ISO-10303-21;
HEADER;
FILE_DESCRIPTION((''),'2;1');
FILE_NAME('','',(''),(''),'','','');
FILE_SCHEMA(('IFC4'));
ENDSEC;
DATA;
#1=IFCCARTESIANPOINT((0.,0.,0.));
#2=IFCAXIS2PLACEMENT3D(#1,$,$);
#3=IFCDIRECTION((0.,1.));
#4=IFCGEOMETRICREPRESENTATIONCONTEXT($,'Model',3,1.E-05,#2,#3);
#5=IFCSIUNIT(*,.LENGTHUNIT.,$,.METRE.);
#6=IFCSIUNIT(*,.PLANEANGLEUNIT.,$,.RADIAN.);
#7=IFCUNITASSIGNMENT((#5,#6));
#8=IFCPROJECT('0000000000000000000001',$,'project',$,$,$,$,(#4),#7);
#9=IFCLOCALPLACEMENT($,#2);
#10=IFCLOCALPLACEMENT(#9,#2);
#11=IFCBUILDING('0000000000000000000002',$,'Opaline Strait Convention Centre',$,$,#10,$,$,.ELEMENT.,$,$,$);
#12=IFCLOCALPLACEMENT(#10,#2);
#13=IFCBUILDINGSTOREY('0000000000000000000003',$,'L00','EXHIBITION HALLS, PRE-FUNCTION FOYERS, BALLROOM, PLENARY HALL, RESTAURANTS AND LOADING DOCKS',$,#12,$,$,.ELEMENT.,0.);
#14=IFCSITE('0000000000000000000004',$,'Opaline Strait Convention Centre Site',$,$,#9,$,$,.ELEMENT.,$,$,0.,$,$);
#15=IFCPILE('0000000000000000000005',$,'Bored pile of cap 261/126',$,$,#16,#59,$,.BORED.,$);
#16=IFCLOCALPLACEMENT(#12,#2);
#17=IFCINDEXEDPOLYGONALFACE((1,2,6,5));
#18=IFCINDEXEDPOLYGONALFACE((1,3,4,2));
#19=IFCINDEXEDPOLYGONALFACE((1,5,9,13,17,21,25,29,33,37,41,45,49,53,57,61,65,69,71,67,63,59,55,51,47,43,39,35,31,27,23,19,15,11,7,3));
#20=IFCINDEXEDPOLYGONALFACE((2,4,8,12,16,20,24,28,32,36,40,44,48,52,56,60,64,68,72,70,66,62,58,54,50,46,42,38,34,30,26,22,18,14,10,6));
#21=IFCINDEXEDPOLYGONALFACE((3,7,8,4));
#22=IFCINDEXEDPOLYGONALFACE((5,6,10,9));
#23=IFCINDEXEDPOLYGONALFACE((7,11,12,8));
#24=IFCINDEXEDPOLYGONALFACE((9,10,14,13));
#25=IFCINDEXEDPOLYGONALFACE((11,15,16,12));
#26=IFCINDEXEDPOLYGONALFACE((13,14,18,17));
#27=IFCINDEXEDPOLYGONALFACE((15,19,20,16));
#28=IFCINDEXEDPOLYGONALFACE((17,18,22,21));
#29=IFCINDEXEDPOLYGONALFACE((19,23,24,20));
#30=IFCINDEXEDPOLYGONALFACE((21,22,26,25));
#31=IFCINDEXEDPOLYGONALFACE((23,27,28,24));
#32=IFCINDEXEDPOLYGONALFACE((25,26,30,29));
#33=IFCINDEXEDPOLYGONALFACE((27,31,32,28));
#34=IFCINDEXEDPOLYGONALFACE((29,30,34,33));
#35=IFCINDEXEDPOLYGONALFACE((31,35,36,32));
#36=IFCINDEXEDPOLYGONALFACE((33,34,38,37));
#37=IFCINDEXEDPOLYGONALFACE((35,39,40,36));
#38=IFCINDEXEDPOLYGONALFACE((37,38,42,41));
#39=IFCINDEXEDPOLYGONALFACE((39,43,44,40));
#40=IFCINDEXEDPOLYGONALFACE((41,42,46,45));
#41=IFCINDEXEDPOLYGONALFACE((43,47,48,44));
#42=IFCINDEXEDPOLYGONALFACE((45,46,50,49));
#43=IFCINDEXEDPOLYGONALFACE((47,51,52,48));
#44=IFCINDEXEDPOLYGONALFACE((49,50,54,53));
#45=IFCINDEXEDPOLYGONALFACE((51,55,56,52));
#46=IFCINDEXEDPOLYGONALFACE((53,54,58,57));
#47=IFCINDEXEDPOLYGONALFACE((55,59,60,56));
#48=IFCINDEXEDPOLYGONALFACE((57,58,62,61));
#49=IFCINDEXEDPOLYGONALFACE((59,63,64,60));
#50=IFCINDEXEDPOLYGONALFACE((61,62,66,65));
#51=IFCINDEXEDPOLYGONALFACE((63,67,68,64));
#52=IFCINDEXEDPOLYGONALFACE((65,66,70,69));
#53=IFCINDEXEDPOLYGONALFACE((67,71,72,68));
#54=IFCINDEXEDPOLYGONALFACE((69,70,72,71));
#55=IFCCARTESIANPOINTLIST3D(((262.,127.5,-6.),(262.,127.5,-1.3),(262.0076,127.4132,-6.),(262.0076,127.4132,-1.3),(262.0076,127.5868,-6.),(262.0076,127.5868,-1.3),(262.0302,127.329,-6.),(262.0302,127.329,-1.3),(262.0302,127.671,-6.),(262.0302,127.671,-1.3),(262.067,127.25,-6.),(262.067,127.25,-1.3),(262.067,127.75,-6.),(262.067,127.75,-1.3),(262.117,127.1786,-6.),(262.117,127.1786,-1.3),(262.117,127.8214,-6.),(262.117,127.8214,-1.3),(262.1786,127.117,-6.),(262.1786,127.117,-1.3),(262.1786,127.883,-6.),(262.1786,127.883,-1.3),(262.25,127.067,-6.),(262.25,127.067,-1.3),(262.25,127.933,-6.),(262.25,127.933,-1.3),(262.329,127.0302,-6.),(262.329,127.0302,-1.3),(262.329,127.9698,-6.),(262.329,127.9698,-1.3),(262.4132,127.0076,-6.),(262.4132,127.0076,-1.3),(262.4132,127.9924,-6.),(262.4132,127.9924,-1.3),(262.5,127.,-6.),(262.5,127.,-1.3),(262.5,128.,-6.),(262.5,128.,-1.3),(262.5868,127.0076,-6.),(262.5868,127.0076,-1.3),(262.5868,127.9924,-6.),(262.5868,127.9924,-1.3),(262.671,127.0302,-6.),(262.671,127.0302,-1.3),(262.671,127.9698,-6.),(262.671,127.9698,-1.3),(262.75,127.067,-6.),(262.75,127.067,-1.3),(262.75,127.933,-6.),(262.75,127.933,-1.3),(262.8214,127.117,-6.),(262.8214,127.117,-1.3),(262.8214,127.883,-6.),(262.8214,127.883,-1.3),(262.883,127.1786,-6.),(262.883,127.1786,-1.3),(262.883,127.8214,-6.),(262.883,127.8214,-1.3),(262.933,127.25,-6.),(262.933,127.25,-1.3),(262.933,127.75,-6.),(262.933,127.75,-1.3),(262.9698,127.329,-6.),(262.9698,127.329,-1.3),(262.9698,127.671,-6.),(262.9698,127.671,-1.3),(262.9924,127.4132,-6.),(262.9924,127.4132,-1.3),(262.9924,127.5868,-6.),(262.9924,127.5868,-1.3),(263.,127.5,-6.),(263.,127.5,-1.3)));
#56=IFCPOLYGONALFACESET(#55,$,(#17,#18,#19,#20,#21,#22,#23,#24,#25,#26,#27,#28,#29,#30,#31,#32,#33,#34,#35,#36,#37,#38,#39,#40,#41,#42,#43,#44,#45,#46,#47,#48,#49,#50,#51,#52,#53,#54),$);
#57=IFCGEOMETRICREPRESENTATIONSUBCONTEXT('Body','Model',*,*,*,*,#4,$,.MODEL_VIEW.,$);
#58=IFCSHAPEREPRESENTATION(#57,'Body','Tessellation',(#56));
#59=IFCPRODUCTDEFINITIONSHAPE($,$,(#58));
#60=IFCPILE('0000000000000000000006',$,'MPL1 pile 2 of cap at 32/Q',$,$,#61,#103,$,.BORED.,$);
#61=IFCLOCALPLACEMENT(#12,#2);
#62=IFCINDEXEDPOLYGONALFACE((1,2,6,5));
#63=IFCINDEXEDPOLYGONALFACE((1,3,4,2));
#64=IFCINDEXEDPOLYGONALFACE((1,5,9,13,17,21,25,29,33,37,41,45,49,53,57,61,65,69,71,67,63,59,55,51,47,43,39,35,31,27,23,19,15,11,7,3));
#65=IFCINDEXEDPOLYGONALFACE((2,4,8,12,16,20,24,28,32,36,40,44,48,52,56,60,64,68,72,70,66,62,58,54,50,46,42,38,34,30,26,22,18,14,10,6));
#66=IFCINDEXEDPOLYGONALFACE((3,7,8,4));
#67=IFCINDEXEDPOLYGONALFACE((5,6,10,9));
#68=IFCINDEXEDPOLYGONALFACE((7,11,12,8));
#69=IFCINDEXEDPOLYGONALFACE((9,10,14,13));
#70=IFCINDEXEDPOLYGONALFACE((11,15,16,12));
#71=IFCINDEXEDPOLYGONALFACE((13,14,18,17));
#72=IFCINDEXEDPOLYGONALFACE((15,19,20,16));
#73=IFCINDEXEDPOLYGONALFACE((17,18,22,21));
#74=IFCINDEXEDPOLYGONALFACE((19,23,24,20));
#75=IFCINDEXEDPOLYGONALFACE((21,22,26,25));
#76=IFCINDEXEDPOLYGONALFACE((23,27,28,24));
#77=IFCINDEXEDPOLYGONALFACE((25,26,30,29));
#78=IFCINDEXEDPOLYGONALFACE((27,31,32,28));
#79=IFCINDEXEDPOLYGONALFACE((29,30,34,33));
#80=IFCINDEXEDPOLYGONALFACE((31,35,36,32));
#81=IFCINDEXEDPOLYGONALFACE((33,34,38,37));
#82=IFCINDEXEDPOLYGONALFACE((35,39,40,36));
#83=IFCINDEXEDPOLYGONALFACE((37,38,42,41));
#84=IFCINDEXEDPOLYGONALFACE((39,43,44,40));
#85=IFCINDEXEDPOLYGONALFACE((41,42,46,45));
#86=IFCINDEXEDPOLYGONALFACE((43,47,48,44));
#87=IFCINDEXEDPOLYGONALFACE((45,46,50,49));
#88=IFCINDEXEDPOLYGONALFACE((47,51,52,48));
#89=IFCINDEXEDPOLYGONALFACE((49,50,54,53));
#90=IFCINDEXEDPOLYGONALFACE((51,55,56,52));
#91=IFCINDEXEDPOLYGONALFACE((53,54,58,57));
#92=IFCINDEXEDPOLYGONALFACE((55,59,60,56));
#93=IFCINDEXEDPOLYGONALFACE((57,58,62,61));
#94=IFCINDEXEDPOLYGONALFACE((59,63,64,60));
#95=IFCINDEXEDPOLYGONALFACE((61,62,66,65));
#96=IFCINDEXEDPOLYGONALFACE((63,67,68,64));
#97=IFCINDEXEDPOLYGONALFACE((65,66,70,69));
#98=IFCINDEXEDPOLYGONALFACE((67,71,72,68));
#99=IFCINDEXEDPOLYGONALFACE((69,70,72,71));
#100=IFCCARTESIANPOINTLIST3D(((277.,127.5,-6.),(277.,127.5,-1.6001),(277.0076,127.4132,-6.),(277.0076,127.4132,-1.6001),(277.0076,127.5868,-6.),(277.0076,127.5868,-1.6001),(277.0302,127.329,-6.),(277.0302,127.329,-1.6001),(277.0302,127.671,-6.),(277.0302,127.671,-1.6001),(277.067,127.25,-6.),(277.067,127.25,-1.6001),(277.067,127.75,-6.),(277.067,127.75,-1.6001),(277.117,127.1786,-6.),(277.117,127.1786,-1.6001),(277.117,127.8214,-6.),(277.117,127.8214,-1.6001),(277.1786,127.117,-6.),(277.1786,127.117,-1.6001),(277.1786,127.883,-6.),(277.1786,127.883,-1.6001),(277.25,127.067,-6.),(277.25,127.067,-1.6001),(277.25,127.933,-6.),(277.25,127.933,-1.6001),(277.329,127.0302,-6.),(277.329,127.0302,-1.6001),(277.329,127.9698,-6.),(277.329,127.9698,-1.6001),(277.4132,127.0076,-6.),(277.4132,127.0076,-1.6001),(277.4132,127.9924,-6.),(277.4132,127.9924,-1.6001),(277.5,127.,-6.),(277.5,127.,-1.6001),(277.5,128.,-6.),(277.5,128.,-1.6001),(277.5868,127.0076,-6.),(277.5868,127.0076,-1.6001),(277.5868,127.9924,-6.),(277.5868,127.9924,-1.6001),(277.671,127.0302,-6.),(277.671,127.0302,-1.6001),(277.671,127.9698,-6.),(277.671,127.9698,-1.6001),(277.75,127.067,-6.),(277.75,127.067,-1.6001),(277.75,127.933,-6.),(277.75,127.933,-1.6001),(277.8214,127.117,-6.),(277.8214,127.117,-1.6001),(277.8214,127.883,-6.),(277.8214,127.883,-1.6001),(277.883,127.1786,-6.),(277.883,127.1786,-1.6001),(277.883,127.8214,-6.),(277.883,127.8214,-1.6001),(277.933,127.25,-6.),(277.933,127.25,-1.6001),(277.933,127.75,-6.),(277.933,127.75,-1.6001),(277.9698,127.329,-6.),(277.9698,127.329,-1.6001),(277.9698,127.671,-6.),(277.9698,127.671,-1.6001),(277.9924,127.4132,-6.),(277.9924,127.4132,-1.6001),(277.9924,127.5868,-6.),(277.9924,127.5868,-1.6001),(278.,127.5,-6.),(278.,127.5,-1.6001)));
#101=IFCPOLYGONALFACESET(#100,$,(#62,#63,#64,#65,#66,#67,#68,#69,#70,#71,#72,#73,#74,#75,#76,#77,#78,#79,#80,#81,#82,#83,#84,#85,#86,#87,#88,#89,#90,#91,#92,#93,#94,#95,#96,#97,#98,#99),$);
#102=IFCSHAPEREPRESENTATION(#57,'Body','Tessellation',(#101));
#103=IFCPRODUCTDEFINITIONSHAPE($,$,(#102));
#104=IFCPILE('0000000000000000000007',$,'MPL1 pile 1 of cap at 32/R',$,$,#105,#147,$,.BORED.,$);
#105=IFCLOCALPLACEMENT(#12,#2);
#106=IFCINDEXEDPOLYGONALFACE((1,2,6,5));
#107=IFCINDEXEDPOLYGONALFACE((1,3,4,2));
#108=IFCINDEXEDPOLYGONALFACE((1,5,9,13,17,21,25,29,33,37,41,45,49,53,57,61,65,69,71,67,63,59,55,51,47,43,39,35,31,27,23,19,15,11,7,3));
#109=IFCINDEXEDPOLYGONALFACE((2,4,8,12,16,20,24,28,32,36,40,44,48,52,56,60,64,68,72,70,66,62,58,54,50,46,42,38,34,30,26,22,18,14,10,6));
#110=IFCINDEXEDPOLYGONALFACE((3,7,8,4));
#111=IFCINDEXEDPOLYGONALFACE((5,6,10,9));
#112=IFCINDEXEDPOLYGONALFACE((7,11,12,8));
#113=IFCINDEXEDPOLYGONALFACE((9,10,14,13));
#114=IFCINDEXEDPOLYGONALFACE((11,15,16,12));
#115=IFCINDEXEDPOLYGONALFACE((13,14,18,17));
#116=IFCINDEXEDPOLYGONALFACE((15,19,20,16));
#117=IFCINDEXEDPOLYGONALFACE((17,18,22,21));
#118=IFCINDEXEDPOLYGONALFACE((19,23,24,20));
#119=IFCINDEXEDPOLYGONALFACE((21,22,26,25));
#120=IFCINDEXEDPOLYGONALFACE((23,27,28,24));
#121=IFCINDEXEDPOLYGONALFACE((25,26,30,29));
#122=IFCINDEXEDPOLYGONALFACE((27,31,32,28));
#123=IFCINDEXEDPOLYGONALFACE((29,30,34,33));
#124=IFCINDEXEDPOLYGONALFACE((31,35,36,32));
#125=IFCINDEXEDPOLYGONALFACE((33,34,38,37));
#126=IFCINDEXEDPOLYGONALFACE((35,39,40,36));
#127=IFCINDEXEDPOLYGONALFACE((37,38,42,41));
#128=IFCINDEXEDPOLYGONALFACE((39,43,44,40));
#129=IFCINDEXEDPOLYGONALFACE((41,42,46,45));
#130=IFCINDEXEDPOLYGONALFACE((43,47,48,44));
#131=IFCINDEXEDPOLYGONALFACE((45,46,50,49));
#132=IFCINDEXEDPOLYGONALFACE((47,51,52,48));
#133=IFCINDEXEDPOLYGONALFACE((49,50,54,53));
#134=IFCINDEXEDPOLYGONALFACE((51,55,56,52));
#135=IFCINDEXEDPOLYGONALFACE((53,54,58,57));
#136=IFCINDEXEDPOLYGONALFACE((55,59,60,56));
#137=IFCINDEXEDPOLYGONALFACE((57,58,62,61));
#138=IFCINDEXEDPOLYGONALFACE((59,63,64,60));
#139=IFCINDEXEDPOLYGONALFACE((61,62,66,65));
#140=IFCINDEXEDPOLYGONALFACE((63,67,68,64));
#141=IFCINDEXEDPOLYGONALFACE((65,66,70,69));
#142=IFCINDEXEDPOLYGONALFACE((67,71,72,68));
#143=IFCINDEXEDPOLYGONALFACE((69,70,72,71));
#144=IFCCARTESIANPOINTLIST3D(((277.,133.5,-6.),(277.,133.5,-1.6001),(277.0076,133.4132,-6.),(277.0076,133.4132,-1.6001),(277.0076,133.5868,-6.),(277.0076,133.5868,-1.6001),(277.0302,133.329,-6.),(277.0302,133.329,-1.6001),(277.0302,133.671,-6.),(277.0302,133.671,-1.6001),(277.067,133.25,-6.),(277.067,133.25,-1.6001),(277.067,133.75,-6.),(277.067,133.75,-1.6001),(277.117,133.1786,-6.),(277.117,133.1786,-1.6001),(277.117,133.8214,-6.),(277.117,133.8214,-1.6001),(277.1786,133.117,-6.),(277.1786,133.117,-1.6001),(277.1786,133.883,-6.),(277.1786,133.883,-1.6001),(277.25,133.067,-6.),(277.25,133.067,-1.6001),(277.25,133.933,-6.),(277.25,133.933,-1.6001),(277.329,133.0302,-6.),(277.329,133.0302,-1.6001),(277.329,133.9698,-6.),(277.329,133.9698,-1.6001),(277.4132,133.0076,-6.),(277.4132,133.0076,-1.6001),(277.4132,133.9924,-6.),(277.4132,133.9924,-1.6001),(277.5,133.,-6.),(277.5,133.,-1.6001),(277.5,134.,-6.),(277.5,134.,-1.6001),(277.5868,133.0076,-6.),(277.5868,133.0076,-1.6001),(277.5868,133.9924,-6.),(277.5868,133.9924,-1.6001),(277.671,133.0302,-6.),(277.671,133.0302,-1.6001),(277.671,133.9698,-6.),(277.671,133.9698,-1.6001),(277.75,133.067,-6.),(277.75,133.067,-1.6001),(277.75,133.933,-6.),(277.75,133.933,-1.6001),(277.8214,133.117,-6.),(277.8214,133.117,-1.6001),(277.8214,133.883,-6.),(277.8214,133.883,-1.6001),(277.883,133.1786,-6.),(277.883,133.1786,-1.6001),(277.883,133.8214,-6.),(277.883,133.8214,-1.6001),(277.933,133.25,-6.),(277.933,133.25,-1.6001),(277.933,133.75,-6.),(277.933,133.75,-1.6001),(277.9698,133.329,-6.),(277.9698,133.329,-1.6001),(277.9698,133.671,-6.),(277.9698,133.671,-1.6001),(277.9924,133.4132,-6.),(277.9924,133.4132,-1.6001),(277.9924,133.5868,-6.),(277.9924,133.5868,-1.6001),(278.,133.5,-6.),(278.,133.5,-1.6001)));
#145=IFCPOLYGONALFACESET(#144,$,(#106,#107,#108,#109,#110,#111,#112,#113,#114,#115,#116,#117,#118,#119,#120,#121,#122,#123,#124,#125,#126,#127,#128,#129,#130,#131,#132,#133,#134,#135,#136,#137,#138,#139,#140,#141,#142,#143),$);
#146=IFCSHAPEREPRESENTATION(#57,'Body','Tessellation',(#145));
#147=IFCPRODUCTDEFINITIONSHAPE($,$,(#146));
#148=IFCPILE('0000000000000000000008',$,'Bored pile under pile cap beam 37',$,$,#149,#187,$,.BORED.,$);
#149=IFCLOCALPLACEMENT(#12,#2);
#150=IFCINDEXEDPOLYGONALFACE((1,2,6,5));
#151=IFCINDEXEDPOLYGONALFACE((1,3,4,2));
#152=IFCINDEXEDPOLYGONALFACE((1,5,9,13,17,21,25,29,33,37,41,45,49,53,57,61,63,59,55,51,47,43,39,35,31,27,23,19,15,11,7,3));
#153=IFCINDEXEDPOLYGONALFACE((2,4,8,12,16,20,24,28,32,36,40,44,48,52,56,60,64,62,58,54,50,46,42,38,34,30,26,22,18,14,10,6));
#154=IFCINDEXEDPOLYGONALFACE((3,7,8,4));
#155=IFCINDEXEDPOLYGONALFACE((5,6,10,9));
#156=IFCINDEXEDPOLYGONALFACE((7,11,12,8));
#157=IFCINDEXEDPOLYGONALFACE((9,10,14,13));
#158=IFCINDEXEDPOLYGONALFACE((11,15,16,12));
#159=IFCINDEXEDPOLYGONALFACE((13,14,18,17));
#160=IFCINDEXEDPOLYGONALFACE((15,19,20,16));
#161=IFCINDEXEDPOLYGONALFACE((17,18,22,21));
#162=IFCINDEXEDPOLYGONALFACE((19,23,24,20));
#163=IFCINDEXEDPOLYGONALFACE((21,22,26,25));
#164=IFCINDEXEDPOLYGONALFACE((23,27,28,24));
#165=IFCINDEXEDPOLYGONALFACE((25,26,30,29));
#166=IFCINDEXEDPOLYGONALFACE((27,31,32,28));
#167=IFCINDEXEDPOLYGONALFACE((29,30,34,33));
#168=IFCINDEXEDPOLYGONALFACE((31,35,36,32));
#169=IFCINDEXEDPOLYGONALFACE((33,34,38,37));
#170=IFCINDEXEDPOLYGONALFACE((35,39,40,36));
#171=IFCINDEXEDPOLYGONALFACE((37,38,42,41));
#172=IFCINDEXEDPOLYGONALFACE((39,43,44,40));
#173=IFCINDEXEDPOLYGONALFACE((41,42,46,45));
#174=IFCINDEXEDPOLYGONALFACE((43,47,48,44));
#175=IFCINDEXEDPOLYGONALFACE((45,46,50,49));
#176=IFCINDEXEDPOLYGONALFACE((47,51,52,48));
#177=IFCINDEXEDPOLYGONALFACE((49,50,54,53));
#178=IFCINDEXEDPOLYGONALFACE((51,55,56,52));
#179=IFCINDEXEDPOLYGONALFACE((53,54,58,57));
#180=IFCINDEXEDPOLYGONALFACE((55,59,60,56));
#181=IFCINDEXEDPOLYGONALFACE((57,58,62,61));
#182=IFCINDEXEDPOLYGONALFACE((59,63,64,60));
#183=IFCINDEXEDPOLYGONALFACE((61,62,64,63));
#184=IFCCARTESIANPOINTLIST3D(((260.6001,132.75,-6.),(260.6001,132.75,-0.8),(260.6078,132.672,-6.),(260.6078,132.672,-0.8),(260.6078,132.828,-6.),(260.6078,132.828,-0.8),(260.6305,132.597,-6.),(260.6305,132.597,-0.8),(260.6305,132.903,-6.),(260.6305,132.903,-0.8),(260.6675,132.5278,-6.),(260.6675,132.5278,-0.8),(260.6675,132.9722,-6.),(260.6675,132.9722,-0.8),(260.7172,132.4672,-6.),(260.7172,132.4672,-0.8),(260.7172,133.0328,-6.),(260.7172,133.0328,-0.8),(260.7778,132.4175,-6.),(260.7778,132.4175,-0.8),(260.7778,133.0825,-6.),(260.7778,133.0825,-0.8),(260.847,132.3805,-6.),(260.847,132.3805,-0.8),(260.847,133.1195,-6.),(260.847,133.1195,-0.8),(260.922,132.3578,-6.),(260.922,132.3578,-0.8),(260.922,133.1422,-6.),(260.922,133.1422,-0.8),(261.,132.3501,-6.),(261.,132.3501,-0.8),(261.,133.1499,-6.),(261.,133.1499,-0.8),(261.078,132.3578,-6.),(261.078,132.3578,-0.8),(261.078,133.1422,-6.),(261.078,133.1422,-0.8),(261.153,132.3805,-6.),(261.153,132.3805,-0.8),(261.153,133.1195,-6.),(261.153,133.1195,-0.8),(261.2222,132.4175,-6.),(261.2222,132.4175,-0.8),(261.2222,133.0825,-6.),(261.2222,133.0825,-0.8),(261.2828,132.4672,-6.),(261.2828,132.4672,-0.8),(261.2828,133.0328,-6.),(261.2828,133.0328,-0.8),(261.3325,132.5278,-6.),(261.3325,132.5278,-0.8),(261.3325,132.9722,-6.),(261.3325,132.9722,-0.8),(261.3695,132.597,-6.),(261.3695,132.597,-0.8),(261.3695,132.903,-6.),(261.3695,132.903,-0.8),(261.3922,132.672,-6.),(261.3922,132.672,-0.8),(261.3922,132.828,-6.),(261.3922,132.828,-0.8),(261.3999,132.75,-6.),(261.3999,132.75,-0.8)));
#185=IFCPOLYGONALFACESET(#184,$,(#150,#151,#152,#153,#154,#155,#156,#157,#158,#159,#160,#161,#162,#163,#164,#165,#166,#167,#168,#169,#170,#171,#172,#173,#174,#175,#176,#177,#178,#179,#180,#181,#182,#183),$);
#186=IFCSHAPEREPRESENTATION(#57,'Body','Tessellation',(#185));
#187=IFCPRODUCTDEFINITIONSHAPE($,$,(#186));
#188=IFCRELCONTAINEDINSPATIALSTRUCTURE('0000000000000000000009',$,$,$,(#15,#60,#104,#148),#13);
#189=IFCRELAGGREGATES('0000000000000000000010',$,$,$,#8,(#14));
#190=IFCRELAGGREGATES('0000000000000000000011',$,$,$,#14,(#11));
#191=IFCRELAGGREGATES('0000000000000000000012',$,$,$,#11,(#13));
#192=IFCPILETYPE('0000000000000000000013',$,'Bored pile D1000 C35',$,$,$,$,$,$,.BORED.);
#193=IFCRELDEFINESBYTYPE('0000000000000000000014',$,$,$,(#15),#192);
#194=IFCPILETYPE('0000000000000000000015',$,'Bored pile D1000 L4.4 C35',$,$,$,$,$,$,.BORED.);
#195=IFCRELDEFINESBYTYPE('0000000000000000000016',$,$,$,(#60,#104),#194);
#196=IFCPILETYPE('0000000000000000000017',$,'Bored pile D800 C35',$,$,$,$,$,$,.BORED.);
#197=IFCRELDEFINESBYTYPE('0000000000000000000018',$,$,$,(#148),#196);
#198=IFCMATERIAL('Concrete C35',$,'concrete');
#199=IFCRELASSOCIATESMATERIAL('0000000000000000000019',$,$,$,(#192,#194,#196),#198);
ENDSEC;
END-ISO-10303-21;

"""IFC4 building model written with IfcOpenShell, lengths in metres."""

from ifc_helpers import new_model, si_unit, direction, frame, origin, origin_2d, place, context, subcontext, project, spatial, circle, extrude, material, material_profile, profile_set, type_object, element, save


model = new_model("IFC4")

# Units and contexts
model_context = context("Model", 3, precision=1e-05, world=origin(), true_north=direction((0.0, 1.0)))
body_context = subcontext(model_context, "Body", "Model", "MODEL_VIEW")
ifc_project = project(units=[si_unit("LENGTHUNIT", "METRE"), si_unit("PLANEANGLEUNIT", "RADIAN")], contexts=[model_context])

# Site, building, storey
site_placement = place(None, origin())
site = spatial("IfcSite", under=ifc_project, at=site_placement, Name="Opaline Strait Convention Centre Site", CompositionType="ELEMENT", RefElevation=0.0)
building_placement = place(site_placement, origin())
building = spatial("IfcBuilding", under=site, at=building_placement, Name="Opaline Strait Convention Centre", CompositionType="ELEMENT")
storey_placement = place(building_placement, origin())
storey = spatial("IfcBuildingStorey", under=building, at=storey_placement, Name="L00", Description="EXHIBITION HALLS, PRE-FUNCTION FOYERS, BALLROOM, PLENARY HALL, RESTAURANTS AND LOADING DOCKS", CompositionType="ELEMENT", Elevation=0.0)

# Piles
ifc_material_1 = material(Name="Concrete C35", Category="concrete")
ifc_material_profile_1 = material_profile(ifc_material_1, circle(Radius=0.5, at=origin_2d()), Name="D1000")
ifc_profile_set_1 = profile_set([ifc_material_profile_1], Name="Concrete C35")
pile_type_1 = type_object("IfcPileType", Name="Bored pile D1000 C35", PredefinedType="BORED", material=ifc_profile_set_1)
pile_1_placement = place(storey_placement, frame((262.5, 127.5, -1.3), z_axis=(0.0, 0.0, -1.0), x_axis=(1.0, 0.0, 0.0)))
element("IfcPile", 1, at=pile_1_placement, inside=storey, type_object=pile_type_1, Name="Bored pile of cap 261/126", PredefinedType="BORED", context=body_context, shape_type="SweptSolid", body=[
    extrude(circle(Radius=0.5, at=origin_2d()), origin(), (0.0, 0.0, 1.0), 4.7),
])
ifc_material_profile_2 = material_profile(ifc_material_1, circle(Radius=0.5, at=origin_2d()), Name="D1000")
ifc_profile_set_2 = profile_set([ifc_material_profile_2], Name="Concrete C35")
pile_type_2 = type_object("IfcPileType", Name="Bored pile D1000 L4.4 C35", PredefinedType="BORED", material=ifc_profile_set_2)
for number, where, z_axis, x_axis, name in (
    (2, (277.5, 127.5, -1.6001), (0.0, 0.0, -1.0), (1.0, 0.0, 0.0), "MPL1 pile 2 of cap at 32/Q"),
    (3, (277.5, 133.5, -1.6001), (0.0, 0.0, -1.0), (1.0, 0.0, 0.0), "MPL1 pile 1 of cap at 32/R"),
):
    element("IfcPile", number, at=place(storey_placement, frame(where, z_axis=z_axis, x_axis=x_axis)), inside=storey, type_object=pile_type_2, Name=name, PredefinedType="BORED", context=body_context, shape_type="SweptSolid", body=[
        extrude(circle(Radius=0.5, at=origin_2d()), origin(), (0.0, 0.0, 1.0), 4.3999),
    ])
ifc_material_profile_3 = material_profile(ifc_material_1, circle(Radius=0.3999, at=origin_2d()), Name="D800")
ifc_profile_set_3 = profile_set([ifc_material_profile_3], Name="Concrete C35")
pile_type_3 = type_object("IfcPileType", Name="Bored pile D800 C35", PredefinedType="BORED", material=ifc_profile_set_3)
pile_2_placement = place(storey_placement, frame((261.0, 132.75, -0.8), z_axis=(0.0, 0.0, -1.0), x_axis=(1.0, 0.0, 0.0)))
element("IfcPile", 4, at=pile_2_placement, inside=storey, type_object=pile_type_3, Name="Bored pile under pile cap beam 37", PredefinedType="BORED", context=body_context, shape_type="SweptSolid", body=[
    extrude(circle(Radius=0.3999, at=origin_2d()), origin(), (0.0, 0.0, 1.0), 5.2),
])

save(model, "model.ifc")
